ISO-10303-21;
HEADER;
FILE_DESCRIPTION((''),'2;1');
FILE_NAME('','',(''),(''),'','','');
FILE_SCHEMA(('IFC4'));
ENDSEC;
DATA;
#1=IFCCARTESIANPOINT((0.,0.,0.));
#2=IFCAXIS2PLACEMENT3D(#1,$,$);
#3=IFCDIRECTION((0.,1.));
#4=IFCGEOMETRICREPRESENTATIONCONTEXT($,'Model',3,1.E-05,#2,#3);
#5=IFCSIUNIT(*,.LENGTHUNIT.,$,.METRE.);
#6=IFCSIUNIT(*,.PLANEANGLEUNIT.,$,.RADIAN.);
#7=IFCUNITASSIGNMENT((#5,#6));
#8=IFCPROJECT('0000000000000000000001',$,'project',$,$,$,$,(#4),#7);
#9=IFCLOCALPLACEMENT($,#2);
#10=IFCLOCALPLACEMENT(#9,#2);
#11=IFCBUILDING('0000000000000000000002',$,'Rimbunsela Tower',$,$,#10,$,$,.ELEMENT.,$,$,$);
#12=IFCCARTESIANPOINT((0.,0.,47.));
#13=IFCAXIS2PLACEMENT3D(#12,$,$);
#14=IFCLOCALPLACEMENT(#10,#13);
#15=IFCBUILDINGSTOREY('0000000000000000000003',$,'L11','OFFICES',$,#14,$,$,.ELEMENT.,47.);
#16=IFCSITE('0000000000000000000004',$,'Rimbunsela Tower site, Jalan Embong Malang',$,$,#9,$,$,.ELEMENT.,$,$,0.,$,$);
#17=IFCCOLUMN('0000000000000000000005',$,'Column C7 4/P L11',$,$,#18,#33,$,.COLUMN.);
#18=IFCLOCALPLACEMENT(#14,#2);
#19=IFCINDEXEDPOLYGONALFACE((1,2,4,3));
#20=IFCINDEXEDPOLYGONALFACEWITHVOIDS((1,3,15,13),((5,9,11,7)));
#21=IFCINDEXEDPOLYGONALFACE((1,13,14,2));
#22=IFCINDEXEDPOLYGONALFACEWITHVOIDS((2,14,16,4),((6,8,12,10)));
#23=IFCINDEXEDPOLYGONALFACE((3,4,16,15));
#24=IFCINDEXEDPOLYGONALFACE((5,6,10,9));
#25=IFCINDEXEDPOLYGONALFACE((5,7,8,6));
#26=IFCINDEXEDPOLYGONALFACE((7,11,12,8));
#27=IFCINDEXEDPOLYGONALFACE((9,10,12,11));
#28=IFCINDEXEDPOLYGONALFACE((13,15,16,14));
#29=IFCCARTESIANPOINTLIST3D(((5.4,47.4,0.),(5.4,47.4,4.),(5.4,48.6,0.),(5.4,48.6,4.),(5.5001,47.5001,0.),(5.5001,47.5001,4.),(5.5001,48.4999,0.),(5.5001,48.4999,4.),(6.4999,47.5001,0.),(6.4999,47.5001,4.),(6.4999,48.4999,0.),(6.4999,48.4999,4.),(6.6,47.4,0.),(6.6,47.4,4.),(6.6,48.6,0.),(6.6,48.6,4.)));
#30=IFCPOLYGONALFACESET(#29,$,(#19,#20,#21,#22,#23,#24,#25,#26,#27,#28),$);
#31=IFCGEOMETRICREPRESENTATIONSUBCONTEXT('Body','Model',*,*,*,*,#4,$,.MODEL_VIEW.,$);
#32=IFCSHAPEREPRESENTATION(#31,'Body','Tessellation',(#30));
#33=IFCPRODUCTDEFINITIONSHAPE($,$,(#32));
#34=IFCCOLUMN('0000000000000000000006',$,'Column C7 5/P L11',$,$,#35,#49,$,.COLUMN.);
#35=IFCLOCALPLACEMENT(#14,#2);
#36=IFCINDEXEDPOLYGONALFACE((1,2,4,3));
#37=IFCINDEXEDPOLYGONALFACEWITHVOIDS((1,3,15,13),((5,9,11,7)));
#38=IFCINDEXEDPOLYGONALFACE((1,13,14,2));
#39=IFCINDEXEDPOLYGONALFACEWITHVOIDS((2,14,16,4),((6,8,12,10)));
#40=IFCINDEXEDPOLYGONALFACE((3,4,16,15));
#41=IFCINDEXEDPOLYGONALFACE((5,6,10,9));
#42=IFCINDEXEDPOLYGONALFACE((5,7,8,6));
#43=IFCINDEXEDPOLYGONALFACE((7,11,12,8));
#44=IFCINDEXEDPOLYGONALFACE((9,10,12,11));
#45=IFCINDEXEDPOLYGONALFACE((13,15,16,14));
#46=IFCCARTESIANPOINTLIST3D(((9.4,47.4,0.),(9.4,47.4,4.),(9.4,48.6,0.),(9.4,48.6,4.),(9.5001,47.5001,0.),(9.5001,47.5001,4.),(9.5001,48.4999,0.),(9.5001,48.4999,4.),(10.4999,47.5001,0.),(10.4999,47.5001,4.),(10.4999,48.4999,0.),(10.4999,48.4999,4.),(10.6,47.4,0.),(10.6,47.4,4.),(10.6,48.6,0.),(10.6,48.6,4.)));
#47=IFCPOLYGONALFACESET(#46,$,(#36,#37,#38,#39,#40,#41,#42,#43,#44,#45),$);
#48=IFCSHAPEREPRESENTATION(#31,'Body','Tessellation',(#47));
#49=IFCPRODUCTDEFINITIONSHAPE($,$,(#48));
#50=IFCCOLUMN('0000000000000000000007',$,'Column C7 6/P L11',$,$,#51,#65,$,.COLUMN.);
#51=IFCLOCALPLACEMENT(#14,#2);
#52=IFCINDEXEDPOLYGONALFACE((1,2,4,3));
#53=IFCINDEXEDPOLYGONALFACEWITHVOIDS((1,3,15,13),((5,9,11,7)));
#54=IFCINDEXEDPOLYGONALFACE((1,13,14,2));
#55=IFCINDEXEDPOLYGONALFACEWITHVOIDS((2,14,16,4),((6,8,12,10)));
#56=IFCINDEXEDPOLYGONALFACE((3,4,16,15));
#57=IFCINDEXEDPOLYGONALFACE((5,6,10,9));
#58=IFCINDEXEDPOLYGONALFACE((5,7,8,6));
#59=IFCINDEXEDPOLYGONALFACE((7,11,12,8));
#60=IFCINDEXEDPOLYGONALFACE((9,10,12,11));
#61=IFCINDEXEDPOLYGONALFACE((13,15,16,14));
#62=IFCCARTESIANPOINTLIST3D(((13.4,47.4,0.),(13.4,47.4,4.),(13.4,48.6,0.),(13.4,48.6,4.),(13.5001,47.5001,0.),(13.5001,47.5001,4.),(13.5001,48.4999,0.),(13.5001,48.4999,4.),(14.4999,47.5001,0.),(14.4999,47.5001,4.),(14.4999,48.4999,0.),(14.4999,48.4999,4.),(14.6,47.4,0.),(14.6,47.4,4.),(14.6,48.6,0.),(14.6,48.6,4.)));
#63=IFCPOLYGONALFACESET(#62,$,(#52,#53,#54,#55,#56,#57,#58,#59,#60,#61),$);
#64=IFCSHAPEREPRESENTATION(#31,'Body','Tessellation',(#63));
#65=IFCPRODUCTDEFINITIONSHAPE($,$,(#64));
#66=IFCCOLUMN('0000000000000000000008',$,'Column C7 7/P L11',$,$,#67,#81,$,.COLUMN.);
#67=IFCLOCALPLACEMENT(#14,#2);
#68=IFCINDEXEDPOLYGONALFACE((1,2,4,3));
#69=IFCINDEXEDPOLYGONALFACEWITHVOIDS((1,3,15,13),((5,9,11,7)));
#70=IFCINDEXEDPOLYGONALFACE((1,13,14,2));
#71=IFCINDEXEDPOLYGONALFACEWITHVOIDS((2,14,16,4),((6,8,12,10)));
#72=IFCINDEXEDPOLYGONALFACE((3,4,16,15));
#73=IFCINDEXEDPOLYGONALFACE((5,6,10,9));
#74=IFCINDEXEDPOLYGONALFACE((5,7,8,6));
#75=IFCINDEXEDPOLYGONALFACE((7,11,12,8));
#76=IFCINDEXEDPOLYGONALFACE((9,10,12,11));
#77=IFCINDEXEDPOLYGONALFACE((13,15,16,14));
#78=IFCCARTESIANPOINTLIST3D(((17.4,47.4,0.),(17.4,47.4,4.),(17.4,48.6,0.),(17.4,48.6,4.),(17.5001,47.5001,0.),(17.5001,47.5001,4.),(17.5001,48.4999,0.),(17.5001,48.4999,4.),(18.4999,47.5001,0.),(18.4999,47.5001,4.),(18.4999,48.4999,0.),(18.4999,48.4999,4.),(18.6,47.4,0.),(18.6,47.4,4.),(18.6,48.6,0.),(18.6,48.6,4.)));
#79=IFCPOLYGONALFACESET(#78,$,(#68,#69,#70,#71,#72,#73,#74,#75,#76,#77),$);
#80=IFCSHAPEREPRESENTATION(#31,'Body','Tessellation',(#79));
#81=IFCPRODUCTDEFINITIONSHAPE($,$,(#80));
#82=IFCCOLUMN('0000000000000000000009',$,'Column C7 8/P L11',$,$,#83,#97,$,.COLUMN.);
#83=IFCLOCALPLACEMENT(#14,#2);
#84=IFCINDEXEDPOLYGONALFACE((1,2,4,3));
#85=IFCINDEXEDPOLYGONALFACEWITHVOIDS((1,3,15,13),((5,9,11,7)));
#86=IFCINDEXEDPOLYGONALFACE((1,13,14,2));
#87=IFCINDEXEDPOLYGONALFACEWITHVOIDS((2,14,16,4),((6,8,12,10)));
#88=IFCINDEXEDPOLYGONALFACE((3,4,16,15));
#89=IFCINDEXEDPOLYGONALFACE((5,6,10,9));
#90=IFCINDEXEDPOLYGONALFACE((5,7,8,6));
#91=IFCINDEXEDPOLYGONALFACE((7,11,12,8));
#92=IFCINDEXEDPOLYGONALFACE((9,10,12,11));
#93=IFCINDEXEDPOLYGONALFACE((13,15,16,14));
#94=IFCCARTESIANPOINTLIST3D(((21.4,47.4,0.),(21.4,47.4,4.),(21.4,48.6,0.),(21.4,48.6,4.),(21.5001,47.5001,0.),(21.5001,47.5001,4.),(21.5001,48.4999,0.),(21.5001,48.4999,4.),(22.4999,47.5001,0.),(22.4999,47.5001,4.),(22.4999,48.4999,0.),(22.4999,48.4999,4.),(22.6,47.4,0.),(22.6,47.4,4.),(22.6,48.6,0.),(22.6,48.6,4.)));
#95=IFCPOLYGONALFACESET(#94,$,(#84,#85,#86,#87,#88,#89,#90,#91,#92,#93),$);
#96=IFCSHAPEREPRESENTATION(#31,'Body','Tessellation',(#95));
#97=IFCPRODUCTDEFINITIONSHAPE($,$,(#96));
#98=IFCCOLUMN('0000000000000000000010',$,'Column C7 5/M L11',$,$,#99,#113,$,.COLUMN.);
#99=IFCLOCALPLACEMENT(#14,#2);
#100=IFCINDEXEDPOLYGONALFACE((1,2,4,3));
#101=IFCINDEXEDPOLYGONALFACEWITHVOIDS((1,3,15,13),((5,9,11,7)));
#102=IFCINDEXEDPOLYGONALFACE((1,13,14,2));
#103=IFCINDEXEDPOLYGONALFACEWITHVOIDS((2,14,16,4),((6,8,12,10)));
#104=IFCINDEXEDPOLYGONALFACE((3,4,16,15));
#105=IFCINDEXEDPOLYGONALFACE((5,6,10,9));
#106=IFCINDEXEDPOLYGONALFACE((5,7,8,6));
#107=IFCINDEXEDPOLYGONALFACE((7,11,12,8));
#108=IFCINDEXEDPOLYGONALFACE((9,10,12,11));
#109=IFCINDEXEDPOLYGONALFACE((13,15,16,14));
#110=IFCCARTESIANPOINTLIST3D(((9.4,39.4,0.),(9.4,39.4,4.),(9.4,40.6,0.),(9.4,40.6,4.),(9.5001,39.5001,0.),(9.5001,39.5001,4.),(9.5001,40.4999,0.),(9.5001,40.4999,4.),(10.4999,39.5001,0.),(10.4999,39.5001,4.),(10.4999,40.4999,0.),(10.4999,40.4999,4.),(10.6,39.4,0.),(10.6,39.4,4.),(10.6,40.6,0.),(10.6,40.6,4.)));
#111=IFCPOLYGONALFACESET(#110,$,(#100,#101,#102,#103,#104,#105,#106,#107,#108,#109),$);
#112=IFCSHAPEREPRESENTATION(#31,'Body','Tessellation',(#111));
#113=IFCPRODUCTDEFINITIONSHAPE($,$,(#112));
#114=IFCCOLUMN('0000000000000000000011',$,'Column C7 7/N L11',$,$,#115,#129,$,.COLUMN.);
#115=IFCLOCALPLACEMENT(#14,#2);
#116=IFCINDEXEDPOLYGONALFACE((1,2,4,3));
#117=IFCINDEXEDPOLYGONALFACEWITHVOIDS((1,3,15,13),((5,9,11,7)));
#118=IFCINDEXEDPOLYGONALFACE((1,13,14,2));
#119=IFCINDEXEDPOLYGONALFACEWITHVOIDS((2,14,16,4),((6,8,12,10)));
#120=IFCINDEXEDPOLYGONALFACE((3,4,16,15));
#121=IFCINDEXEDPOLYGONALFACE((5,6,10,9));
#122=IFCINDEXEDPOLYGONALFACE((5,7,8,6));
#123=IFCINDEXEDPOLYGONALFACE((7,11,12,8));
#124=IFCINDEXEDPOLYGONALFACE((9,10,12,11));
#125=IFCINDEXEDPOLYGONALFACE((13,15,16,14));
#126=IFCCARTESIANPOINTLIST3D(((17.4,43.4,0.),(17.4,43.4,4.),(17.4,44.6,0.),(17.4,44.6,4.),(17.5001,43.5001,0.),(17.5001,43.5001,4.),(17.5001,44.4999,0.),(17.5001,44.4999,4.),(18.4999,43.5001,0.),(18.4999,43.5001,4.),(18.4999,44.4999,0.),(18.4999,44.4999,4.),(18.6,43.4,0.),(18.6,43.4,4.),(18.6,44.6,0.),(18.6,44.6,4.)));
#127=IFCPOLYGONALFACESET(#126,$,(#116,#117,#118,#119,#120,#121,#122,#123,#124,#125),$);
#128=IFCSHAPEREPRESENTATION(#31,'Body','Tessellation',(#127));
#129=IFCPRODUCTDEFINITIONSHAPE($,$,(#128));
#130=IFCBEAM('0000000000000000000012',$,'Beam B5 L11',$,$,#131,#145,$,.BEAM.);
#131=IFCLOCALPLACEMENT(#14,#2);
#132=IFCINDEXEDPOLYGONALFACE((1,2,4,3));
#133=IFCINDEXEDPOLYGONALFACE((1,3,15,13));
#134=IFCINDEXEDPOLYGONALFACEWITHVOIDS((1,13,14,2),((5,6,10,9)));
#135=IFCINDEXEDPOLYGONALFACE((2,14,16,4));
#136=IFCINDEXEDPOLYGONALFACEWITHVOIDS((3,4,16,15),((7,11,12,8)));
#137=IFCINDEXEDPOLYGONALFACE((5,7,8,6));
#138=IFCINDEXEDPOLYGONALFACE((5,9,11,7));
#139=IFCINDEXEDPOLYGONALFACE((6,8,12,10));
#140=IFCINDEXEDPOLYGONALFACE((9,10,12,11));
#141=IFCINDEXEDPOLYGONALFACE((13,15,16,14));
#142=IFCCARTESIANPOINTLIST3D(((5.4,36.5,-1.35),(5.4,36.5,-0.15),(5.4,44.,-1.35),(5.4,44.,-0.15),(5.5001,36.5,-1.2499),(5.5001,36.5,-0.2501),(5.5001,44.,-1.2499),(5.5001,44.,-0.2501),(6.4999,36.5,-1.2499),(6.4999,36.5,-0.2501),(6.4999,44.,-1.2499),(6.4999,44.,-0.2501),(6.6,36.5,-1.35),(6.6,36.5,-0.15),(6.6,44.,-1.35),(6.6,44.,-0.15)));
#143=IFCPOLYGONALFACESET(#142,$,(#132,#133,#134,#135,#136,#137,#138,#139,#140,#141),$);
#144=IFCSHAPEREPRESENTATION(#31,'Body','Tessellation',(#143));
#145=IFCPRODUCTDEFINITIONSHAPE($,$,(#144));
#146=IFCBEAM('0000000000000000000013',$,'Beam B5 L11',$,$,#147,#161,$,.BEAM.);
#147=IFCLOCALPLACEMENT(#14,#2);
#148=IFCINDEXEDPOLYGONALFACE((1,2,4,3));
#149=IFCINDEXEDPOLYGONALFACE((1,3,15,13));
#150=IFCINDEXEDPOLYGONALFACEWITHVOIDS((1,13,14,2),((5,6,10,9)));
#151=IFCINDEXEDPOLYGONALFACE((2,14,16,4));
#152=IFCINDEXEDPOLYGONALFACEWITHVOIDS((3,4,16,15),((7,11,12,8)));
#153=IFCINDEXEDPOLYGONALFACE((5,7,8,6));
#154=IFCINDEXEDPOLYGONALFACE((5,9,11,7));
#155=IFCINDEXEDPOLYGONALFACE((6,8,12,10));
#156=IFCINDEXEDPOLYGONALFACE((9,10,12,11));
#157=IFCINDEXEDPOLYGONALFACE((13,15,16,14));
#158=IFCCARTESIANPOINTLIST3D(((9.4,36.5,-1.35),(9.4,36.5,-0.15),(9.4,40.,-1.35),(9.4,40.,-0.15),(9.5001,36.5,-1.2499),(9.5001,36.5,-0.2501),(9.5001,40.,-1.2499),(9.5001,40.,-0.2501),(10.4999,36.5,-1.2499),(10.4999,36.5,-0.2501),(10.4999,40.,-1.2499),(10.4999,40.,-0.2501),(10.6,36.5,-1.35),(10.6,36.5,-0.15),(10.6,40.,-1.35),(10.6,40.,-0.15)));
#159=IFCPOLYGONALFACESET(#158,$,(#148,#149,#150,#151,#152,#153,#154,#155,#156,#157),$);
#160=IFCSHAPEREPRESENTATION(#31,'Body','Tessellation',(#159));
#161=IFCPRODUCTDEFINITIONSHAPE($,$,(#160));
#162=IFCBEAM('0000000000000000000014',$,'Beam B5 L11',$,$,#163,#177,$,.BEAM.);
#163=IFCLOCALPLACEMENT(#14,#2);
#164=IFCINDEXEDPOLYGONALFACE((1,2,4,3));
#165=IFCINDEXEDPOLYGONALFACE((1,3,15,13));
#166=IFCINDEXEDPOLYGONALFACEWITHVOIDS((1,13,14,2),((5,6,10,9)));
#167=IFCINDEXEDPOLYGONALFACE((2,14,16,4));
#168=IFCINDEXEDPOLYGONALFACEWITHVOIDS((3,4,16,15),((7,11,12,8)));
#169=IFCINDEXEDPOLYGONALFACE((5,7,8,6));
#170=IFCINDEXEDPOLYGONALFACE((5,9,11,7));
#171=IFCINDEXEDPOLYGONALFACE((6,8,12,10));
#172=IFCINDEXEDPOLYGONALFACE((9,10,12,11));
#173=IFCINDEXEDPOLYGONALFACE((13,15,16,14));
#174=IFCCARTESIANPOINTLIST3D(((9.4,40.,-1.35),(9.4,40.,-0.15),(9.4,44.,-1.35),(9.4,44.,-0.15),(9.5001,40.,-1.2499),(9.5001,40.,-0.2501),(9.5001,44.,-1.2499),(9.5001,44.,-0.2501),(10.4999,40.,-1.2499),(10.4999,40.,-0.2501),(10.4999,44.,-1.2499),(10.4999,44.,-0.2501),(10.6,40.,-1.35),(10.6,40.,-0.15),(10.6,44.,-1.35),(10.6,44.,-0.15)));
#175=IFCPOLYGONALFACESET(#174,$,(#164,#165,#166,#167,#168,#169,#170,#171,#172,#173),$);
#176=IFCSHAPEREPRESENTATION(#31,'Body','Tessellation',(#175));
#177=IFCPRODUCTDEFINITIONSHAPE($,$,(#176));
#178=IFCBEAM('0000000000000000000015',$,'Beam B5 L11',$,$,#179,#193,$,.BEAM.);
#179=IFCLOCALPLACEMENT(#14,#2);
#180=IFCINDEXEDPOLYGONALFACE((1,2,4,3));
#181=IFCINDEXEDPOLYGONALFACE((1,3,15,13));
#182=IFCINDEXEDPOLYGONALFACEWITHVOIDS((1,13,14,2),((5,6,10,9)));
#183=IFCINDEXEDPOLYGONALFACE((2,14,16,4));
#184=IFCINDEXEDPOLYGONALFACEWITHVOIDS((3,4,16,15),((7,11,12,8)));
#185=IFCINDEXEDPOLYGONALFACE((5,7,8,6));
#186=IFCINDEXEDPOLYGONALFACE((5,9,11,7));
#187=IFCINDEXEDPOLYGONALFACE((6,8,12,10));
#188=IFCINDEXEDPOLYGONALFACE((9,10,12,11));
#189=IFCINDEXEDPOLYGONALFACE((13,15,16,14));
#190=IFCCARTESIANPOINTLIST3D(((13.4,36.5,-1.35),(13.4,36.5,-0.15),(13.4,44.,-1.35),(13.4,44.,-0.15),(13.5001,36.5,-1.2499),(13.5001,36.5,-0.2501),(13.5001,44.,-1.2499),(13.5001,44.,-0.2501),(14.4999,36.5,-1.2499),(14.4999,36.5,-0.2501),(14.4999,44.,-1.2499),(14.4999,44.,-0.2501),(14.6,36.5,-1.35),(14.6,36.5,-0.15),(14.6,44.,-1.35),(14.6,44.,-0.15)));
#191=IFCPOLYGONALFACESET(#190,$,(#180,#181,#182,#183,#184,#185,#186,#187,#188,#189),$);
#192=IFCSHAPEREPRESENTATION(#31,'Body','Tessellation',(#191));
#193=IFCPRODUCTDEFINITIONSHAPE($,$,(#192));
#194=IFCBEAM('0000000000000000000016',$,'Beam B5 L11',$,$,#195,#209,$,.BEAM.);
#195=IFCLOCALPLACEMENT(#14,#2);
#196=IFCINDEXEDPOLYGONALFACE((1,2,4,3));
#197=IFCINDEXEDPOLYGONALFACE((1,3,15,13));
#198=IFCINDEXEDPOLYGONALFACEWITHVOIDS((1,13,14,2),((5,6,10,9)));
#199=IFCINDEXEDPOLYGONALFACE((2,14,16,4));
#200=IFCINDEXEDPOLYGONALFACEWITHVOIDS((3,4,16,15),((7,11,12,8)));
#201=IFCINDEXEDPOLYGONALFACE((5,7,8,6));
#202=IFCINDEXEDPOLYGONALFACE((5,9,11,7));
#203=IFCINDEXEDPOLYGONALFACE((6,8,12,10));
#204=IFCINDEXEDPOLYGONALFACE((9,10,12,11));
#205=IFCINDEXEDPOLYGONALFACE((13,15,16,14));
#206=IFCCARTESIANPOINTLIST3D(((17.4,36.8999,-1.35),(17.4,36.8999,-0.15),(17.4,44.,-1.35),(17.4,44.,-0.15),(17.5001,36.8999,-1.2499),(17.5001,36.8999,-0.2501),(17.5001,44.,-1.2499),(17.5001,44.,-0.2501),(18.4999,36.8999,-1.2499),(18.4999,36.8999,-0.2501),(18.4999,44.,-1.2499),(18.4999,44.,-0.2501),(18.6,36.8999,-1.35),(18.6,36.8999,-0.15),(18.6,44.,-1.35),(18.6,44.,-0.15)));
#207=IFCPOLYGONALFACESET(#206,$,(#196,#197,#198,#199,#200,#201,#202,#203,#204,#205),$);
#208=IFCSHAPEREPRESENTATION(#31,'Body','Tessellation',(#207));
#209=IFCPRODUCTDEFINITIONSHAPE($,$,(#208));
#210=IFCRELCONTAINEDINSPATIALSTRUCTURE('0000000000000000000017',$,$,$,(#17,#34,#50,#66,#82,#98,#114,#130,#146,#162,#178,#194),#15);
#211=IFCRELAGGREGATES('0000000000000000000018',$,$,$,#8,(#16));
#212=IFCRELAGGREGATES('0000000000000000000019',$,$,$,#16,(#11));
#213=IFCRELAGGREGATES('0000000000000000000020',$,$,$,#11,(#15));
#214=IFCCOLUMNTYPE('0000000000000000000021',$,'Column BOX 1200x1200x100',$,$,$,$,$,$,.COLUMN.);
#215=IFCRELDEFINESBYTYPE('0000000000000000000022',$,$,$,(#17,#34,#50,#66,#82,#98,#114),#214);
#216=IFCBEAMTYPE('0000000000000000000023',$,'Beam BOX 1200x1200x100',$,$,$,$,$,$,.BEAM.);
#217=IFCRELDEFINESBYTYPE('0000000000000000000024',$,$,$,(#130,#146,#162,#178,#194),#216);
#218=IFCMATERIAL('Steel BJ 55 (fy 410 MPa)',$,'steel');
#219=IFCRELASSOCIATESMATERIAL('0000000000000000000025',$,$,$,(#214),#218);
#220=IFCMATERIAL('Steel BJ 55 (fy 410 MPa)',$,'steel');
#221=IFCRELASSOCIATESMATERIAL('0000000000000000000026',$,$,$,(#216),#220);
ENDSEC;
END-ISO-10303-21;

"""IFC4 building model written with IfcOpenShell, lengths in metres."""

from ifc_helpers import new_model, si_unit, direction, frame, origin, origin_2d, place, context, subcontext, project, spatial, hollow_rectangle, extrude, material, material_profile, profile_set, type_object, element, save


model = new_model("IFC4")

# Units and contexts
model_context = context("Model", 3, precision=1e-05, world=origin(), true_north=direction((0.0, 1.0)))
body_context = subcontext(model_context, "Body", "Model", "MODEL_VIEW")
ifc_project = project(units=[si_unit("LENGTHUNIT", "METRE"), si_unit("PLANEANGLEUNIT", "RADIAN")], contexts=[model_context])

# Site, building, storey
site_placement = place(None, origin())
site = spatial("IfcSite", under=ifc_project, at=site_placement, Name="Rimbunsela Tower site, Jalan Embong Malang", CompositionType="ELEMENT", RefElevation=0.0)
building_placement = place(site_placement, origin())
building = spatial("IfcBuilding", under=site, at=building_placement, Name="Rimbunsela Tower", CompositionType="ELEMENT")
storey_placement = place(building_placement, frame((0.0, 0.0, 47.0)))
storey = spatial("IfcBuildingStorey", under=building, at=storey_placement, Name="L11", Description="OFFICES", CompositionType="ELEMENT", Elevation=47.0)

# Columns
ifc_material_1 = material(Name="Steel BJ 55 (fy 410 MPa)", Category="steel")
ifc_material_profile_1 = material_profile(ifc_material_1, hollow_rectangle(XDim=1.2, YDim=1.2, WallThickness=0.1001, at=origin_2d()), Name="BOX 1200x1200x100")
ifc_profile_set_1 = profile_set([ifc_material_profile_1], Name="Steel BJ 55 (fy 410 MPa)")
column_type = type_object("IfcColumnType", Name="Column BOX 1200x1200x100", PredefinedType="COLUMN", material=ifc_profile_set_1)
for number, where, z_axis, x_axis, name in (
    (1, (6.0, 48.0, 0.0), (0.0, 0.0, 1.0), (1.0, 0.0, 0.0), "Column C7 4/P L11"),
    (2, (10.0, 48.0, 0.0), (0.0, 0.0, 1.0), (1.0, 0.0, 0.0), "Column C7 5/P L11"),
    (3, (14.0, 48.0, 0.0), (0.0, 0.0, 1.0), (1.0, 0.0, 0.0), "Column C7 6/P L11"),
    (4, (18.0, 48.0, 0.0), (0.0, 0.0, 1.0), (1.0, 0.0, 0.0), "Column C7 7/P L11"),
    (5, (22.0, 48.0, 0.0), (0.0, 0.0, 1.0), (1.0, 0.0, 0.0), "Column C7 8/P L11"),
    (6, (10.0, 40.0, 0.0), (0.0, 0.0, 1.0), (1.0, 0.0, 0.0), "Column C7 5/M L11"),
    (7, (18.0, 44.0, 0.0), (0.0, 0.0, 1.0), (1.0, 0.0, 0.0), "Column C7 7/N L11"),
):
    element("IfcColumn", number, at=place(storey_placement, frame(where, z_axis=z_axis, x_axis=x_axis)), inside=storey, type_object=column_type, Name=name, PredefinedType="COLUMN", context=body_context, shape_type="SweptSolid", body=[
        extrude(hollow_rectangle(XDim=1.2, YDim=1.2, WallThickness=0.1001, at=origin_2d()), origin(), (0.0, 0.0, 1.0), 4.0),
    ])

# Beams
ifc_material_2 = material(Name="Steel BJ 55 (fy 410 MPa)", Category="steel")
ifc_material_profile_2 = material_profile(ifc_material_2, hollow_rectangle(XDim=1.2, YDim=1.2, WallThickness=0.1001, at=origin_2d()), Name="BOX 1200x1200x100")
ifc_profile_set_2 = profile_set([ifc_material_profile_2], Name="Steel BJ 55 (fy 410 MPa)")
beam_type = type_object("IfcBeamType", Name="Beam BOX 1200x1200x100", PredefinedType="BEAM", material=ifc_profile_set_2)
beam_1_placement = place(storey_placement, frame((6.0, 36.5, -0.75), z_axis=(0.0, 1.0, 0.0), x_axis=(-1.0, 0.0, 0.0)))
element("IfcBeam", 8, at=beam_1_placement, inside=storey, type_object=beam_type, Name="Beam B5 L11", PredefinedType="BEAM", context=body_context, shape_type="SweptSolid", body=[
    extrude(hollow_rectangle(XDim=1.2, YDim=1.2, WallThickness=0.1001, at=origin_2d()), origin(), (0.0, 0.0, 1.0), 7.5),
])
beam_2_placement = place(storey_placement, frame((10.0, 36.5, -0.75), z_axis=(0.0, 1.0, 0.0), x_axis=(-1.0, 0.0, 0.0)))
element("IfcBeam", 9, at=beam_2_placement, inside=storey, type_object=beam_type, Name="Beam B5 L11", PredefinedType="BEAM", context=body_context, shape_type="SweptSolid", body=[
    extrude(hollow_rectangle(XDim=1.2, YDim=1.2, WallThickness=0.1001, at=origin_2d()), origin(), (0.0, 0.0, 1.0), 3.5),
])
beam_3_placement = place(storey_placement, frame((10.0, 40.0, -0.75), z_axis=(0.0, 1.0, 0.0), x_axis=(-1.0, 0.0, 0.0)))
element("IfcBeam", 10, at=beam_3_placement, inside=storey, type_object=beam_type, Name="Beam B5 L11", PredefinedType="BEAM", context=body_context, shape_type="SweptSolid", body=[
    extrude(hollow_rectangle(XDim=1.2, YDim=1.2, WallThickness=0.1001, at=origin_2d()), origin(), (0.0, 0.0, 1.0), 4.0),
])
beam_4_placement = place(storey_placement, frame((14.0, 36.5, -0.75), z_axis=(0.0, 1.0, 0.0), x_axis=(-1.0, 0.0, 0.0)))
element("IfcBeam", 11, at=beam_4_placement, inside=storey, type_object=beam_type, Name="Beam B5 L11", PredefinedType="BEAM", context=body_context, shape_type="SweptSolid", body=[
    extrude(hollow_rectangle(XDim=1.2, YDim=1.2, WallThickness=0.1001, at=origin_2d()), origin(), (0.0, 0.0, 1.0), 7.5),
])
beam_5_placement = place(storey_placement, frame((18.0, 36.8999, -0.75), z_axis=(0.0, 1.0, 0.0), x_axis=(-1.0, 0.0, 0.0)))
element("IfcBeam", 12, at=beam_5_placement, inside=storey, type_object=beam_type, Name="Beam B5 L11", PredefinedType="BEAM", context=body_context, shape_type="SweptSolid", body=[
    extrude(hollow_rectangle(XDim=1.2, YDim=1.2, WallThickness=0.1001, at=origin_2d()), origin(), (0.0, 0.0, 1.0), 7.1001),
])

save(model, "model.ifc")
